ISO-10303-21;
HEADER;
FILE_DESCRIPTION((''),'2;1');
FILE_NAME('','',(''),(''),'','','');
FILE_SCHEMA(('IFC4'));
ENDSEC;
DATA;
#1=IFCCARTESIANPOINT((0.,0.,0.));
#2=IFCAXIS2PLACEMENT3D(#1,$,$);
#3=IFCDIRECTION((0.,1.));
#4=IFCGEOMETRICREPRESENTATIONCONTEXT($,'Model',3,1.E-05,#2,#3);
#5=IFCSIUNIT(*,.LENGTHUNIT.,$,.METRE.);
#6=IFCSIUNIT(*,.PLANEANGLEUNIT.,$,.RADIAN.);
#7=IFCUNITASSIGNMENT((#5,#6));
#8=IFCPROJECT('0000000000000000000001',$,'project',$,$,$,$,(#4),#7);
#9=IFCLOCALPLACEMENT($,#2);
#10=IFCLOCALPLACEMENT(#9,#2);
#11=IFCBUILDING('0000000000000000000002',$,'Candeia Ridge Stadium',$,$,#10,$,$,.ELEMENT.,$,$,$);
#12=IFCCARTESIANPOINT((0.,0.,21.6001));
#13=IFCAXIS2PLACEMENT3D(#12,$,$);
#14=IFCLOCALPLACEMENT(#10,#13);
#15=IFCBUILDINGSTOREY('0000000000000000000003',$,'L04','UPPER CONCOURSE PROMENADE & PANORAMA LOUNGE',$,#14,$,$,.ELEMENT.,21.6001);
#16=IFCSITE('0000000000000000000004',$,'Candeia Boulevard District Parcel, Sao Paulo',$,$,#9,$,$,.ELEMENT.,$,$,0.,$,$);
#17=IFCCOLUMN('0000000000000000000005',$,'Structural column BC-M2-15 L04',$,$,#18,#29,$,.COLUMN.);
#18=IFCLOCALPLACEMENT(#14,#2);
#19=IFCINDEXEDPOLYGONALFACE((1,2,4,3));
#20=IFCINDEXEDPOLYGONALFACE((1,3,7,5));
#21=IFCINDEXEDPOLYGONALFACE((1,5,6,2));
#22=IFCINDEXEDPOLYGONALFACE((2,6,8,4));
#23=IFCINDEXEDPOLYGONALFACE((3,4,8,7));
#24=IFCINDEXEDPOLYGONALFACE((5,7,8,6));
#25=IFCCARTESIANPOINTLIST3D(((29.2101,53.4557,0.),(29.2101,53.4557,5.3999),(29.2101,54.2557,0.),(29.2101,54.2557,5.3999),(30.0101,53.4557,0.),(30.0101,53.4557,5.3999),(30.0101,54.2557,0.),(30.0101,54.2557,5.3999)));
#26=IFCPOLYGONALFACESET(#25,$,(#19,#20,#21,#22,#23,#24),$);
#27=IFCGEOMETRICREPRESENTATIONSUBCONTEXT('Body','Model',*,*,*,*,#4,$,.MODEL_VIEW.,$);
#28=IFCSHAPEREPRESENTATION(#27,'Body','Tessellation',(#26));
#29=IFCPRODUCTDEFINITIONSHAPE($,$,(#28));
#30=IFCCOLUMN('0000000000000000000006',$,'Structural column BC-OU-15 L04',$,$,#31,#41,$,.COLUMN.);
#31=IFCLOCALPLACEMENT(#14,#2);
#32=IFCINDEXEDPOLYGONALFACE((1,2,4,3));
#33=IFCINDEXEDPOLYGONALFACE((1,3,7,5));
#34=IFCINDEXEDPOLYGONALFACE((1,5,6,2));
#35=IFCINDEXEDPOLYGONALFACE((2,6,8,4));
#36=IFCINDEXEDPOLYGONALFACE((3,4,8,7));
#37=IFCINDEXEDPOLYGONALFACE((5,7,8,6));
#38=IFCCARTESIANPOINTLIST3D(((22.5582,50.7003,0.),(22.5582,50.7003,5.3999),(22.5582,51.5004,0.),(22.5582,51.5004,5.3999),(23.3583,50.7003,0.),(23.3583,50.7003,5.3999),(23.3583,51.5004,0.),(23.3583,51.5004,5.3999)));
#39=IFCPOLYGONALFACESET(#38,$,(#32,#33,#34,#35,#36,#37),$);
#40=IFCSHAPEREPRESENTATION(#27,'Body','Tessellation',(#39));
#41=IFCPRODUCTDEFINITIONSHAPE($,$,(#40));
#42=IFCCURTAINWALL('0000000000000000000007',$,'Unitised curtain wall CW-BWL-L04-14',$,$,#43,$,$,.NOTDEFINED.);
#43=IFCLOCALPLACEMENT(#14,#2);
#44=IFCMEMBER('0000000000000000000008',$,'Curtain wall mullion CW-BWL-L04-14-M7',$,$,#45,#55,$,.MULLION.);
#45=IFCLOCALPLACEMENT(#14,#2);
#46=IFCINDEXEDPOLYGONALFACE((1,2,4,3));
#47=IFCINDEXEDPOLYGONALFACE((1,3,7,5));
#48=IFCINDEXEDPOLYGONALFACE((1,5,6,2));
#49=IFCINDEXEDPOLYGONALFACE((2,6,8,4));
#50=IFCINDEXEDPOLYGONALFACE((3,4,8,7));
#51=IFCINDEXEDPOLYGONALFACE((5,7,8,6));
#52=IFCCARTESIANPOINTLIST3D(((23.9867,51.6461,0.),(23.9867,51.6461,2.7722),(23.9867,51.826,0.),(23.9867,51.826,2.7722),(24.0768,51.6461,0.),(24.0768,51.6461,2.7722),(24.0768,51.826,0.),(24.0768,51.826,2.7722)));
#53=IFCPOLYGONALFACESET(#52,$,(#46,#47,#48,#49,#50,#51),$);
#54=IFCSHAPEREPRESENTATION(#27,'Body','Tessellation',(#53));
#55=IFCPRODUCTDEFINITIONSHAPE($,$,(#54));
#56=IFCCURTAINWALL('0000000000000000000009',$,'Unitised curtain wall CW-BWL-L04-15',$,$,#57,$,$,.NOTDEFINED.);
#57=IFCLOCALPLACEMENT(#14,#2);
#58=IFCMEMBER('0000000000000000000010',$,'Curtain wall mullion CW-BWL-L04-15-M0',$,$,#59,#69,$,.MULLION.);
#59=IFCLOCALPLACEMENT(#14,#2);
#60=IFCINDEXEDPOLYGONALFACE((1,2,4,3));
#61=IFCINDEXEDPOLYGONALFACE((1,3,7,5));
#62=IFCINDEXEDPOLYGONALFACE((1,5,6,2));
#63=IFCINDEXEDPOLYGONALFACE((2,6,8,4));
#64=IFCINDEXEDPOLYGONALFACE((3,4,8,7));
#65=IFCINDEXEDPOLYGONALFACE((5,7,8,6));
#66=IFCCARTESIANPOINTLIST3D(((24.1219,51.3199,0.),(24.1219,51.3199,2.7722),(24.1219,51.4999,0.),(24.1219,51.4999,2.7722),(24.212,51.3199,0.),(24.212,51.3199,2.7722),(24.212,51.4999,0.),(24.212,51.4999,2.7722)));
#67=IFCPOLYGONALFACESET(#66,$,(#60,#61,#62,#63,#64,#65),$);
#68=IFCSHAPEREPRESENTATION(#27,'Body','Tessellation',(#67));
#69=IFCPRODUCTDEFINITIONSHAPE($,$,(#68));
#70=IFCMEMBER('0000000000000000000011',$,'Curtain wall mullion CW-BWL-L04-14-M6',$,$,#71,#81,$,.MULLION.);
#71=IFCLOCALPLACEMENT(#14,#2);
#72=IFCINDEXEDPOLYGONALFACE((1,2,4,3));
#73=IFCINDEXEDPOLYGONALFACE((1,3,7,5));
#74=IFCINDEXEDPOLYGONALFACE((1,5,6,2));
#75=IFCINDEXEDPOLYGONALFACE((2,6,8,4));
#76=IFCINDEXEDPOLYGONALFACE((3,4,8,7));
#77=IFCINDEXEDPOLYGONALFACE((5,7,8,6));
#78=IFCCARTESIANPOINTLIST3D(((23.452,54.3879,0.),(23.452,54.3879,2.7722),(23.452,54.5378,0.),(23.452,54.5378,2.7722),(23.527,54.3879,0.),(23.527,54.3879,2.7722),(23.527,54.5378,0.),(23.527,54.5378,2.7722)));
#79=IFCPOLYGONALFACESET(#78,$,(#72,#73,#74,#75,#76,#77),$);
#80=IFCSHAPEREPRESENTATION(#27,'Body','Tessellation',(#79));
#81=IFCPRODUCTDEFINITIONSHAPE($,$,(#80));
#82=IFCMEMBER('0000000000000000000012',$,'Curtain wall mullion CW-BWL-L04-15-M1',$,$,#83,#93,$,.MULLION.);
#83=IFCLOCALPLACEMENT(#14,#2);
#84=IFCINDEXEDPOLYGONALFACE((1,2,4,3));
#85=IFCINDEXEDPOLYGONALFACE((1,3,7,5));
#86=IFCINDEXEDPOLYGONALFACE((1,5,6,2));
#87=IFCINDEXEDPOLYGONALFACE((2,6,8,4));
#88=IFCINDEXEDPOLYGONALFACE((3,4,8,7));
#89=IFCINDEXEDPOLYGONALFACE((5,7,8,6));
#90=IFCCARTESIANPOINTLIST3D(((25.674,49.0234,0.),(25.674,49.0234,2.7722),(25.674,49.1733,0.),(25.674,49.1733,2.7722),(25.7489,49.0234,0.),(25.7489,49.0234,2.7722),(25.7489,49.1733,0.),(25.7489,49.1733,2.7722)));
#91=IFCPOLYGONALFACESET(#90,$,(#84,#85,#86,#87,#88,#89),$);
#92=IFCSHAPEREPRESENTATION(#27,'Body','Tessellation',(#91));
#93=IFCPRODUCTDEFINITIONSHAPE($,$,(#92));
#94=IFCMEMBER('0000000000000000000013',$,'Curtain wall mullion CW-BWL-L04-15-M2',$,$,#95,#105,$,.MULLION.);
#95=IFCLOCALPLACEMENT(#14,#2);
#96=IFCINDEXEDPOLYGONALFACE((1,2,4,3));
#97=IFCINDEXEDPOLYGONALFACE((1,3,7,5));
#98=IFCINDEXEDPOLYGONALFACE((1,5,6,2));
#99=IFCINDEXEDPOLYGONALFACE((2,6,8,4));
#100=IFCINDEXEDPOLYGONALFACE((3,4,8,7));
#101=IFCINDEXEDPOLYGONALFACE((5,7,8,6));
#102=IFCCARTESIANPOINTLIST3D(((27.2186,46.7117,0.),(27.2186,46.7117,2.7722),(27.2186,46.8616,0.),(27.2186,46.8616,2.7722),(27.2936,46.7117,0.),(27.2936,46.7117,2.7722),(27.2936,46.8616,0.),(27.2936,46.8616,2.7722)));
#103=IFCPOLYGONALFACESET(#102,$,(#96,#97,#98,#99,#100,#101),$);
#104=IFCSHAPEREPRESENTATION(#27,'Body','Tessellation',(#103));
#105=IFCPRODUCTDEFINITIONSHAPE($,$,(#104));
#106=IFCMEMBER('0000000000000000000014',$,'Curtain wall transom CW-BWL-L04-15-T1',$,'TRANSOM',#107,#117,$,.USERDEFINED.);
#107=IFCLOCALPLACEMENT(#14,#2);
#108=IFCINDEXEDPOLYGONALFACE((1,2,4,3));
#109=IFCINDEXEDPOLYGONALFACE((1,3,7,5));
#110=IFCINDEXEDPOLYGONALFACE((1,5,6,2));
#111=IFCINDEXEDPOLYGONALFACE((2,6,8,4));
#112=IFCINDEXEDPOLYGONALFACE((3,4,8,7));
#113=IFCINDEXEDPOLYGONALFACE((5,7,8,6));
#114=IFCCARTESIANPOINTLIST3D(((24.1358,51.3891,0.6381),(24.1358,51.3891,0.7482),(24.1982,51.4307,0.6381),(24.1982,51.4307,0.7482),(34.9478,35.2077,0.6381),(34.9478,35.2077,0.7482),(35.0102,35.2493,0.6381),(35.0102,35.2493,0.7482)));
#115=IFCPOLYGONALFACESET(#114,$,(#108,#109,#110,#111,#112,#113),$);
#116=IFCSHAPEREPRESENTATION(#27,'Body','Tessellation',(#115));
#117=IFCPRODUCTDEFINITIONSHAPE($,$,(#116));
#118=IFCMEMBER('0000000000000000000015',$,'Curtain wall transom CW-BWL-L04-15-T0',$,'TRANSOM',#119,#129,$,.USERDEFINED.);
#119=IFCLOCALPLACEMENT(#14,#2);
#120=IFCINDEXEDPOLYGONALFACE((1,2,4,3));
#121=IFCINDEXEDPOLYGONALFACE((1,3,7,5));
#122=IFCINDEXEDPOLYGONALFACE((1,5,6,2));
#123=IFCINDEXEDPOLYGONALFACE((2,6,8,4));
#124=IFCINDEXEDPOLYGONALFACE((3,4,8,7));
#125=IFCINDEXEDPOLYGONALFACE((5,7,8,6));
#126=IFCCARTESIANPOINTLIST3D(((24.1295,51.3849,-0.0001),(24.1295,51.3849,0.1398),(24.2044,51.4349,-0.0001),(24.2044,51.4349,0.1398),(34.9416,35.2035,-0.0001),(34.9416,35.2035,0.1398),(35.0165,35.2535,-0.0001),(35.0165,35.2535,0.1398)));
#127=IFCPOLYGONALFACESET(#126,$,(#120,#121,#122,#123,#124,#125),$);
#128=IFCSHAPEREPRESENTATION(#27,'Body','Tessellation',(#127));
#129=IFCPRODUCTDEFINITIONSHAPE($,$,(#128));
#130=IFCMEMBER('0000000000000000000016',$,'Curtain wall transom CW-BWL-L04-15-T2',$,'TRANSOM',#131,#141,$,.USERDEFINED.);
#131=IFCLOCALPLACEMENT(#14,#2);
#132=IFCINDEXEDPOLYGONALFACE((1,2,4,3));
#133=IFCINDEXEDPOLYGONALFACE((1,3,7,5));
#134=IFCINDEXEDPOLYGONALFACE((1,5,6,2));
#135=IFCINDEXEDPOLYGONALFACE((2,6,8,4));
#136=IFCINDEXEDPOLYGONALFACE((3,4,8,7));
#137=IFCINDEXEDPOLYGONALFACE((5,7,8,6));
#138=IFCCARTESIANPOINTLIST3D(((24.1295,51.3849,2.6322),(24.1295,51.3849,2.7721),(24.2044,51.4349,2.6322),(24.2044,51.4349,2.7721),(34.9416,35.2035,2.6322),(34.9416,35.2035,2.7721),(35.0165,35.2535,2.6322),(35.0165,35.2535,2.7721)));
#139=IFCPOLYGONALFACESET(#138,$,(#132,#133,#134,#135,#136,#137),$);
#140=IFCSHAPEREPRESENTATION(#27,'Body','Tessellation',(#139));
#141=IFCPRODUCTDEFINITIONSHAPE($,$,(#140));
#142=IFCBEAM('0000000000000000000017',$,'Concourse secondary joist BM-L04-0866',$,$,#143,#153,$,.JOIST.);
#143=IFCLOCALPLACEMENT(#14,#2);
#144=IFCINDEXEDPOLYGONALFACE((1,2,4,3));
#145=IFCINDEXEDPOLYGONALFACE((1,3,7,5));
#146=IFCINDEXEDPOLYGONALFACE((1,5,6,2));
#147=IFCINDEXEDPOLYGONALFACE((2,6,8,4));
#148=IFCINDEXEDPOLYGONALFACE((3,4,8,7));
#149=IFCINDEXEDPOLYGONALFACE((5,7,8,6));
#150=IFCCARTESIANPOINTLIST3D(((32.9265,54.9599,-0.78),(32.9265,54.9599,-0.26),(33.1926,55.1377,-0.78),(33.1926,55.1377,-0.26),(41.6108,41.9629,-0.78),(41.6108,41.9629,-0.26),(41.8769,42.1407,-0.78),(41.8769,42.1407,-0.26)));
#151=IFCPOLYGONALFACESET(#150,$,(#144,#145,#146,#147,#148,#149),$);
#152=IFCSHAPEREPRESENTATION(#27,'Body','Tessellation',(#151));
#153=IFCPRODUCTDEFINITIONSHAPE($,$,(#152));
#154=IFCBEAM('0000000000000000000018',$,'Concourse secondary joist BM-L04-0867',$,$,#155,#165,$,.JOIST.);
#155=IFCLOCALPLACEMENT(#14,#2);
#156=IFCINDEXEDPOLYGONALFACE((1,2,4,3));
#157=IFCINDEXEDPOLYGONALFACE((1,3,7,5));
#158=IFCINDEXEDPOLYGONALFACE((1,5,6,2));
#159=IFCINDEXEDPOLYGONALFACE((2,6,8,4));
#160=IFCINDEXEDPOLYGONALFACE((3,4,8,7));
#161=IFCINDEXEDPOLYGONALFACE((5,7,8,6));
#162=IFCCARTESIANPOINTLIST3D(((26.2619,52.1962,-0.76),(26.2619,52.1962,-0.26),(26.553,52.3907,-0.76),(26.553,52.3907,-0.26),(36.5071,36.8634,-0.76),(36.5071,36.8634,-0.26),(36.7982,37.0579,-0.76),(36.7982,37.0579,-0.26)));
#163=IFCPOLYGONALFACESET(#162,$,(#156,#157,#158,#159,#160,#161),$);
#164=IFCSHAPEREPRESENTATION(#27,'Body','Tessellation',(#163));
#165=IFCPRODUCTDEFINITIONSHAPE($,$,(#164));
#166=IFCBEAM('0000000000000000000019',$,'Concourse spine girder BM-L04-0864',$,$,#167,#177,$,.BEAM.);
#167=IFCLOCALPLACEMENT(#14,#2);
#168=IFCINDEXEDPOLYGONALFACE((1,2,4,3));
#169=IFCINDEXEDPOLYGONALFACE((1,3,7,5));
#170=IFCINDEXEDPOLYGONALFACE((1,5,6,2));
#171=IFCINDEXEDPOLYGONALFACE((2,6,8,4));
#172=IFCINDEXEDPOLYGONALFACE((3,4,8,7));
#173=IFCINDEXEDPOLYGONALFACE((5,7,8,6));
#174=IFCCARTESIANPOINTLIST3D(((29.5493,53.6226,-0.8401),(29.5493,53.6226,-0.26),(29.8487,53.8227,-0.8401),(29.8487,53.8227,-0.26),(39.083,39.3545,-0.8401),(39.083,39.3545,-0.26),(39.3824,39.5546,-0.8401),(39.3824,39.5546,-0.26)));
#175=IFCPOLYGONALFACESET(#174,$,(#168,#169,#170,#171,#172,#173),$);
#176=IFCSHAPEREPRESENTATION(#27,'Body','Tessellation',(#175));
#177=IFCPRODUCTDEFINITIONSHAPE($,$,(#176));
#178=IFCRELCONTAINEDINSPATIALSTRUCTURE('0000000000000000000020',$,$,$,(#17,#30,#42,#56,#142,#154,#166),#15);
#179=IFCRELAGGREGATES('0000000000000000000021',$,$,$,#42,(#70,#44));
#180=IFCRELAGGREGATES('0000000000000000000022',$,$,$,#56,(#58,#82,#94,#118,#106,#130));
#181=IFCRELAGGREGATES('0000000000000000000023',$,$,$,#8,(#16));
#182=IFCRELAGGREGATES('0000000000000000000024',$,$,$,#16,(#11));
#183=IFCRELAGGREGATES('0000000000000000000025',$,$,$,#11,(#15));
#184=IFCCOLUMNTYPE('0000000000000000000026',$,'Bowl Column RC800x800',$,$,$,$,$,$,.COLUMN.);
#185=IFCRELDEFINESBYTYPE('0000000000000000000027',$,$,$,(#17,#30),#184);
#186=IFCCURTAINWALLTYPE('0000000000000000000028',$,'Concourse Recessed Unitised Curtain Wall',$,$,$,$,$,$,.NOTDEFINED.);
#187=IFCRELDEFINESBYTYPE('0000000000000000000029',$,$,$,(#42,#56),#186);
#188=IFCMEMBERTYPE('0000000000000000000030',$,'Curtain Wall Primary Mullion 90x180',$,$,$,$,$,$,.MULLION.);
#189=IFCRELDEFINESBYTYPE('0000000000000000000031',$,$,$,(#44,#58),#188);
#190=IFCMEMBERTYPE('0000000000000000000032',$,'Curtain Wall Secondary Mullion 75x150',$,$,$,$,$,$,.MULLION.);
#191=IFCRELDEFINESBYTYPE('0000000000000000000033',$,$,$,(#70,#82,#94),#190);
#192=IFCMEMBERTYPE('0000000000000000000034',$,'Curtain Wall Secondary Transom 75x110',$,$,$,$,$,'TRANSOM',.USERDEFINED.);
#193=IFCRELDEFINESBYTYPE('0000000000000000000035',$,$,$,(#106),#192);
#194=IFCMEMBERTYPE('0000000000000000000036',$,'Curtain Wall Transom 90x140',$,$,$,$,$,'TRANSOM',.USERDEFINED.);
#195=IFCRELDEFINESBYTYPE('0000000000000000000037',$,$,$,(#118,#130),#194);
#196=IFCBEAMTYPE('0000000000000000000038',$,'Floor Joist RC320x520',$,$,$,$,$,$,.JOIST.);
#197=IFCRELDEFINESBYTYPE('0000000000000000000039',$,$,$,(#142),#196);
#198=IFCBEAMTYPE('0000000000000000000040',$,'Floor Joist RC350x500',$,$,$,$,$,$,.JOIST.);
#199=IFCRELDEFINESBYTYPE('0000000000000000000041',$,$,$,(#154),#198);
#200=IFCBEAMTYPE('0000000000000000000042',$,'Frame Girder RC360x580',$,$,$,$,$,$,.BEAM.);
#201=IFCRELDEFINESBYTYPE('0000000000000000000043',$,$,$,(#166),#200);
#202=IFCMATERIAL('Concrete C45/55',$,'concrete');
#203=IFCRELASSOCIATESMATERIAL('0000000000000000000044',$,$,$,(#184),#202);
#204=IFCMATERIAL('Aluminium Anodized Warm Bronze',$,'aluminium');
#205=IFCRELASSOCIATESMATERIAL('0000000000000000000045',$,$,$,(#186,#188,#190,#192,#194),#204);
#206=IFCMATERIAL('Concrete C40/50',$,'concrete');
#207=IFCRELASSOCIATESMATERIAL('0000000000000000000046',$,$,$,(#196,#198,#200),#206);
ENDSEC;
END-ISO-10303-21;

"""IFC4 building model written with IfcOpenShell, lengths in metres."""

from ifc_helpers import new_model, si_unit, direction, frame, origin, origin_2d, place, context, subcontext, project, spatial, rectangle, extrude, material, material_profile, profile_set, type_object, element, aggregate, save


model = new_model("IFC4")

# Units and contexts
model_context = context("Model", 3, precision=1e-05, world=origin(), true_north=direction((0.0, 1.0)))
body_context = subcontext(model_context, "Body", "Model", "MODEL_VIEW")
ifc_project = project(units=[si_unit("LENGTHUNIT", "METRE"), si_unit("PLANEANGLEUNIT", "RADIAN")], contexts=[model_context])

# Site, building, storey
site_placement = place(None, origin())
site = spatial("IfcSite", under=ifc_project, at=site_placement, Name="Candeia Boulevard District Parcel, Sao Paulo", CompositionType="ELEMENT", RefElevation=0.0)
building_placement = place(site_placement, origin())
building = spatial("IfcBuilding", under=site, at=building_placement, Name="Candeia Ridge Stadium", CompositionType="ELEMENT")
storey_placement = place(building_placement, frame((0.0, 0.0, 21.6001)))
storey = spatial("IfcBuildingStorey", under=building, at=storey_placement, Name="L04", Description="UPPER CONCOURSE PROMENADE & PANORAMA LOUNGE", CompositionType="ELEMENT", Elevation=21.6001)

# Columns
ifc_material_1 = material(Name="Concrete C45/55", Category="concrete")
ifc_material_profile_1 = material_profile(ifc_material_1, rectangle(XDim=0.8, YDim=0.8, at=origin_2d()), Name="RC800x800", Category="concrete")
ifc_profile_set_1 = profile_set([ifc_material_profile_1], Name="Concrete C45/55")
column_type = type_object("IfcColumnType", Name="Bowl Column RC800x800", PredefinedType="COLUMN", material=ifc_profile_set_1)
for number, where, z_axis, x_axis, name in (
    (1, (29.6101, 53.8557, 0.0), (0.0, 0.0, 1.0), (1.0, 0.0, 0.0), "Structural column BC-M2-15 L04"),
    (2, (22.9583, 51.1003, 0.0), (0.0, 0.0, 1.0), (1.0, 0.0, 0.0), "Structural column BC-OU-15 L04"),
):
    element("IfcColumn", number, at=place(storey_placement, frame(where, z_axis=z_axis, x_axis=x_axis)), inside=storey, type_object=column_type, Name=name, PredefinedType="COLUMN", context=body_context, shape_type="SweptSolid", body=[
        extrude(rectangle(XDim=0.8, YDim=0.8, at=origin_2d()), origin(), (0.0, 0.0, 1.0), 5.3999),
    ])

# Curtain walls, members
ifc_material_2 = material(Name="Aluminium Anodized Warm Bronze", Category="aluminium")
curtain_wall_type = type_object("IfcCurtainWallType", Name="Concourse Recessed Unitised Curtain Wall", PredefinedType="NOTDEFINED", material=ifc_material_2)
curtain_wall_1_placement = place(storey_placement, origin())
curtain_wall_1 = element("IfcCurtainWall", 3, at=curtain_wall_1_placement, inside=storey, type_object=curtain_wall_type, Name="Unitised curtain wall CW-BWL-L04-14", PredefinedType="NOTDEFINED")
ifc_material_profile_2 = material_profile(ifc_material_2, rectangle(XDim=0.0901, YDim=0.1799, at=origin_2d()), Name="CWM-90x180", Category="aluminium")
ifc_profile_set_2 = profile_set([ifc_material_profile_2], Name="Aluminium Anodized Warm Bronze")
member_type_1 = type_object("IfcMemberType", Name="Curtain Wall Primary Mullion 90x180", PredefinedType="MULLION", material=ifc_profile_set_2)
member_1_placement = place(storey_placement, frame((24.0317, 51.7361, 0.0), z_axis=(0.0, 0.0, 1.0), x_axis=(1.0, 0.0, 0.0)))
member_1 = element("IfcMember", 4, at=member_1_placement, type_object=member_type_1, Name="Curtain wall mullion CW-BWL-L04-14-M7", PredefinedType="MULLION", context=body_context, shape_type="SweptSolid", body=[
    extrude(rectangle(XDim=0.0901, YDim=0.1799, at=origin_2d()), origin(), (0.0, 0.0, 1.0), 2.7722),
])
curtain_wall_2_placement = place(storey_placement, origin())
curtain_wall_2 = element("IfcCurtainWall", 5, at=curtain_wall_2_placement, inside=storey, type_object=curtain_wall_type, Name="Unitised curtain wall CW-BWL-L04-15", PredefinedType="NOTDEFINED")
member_2_placement = place(storey_placement, frame((24.167, 51.4099, 0.0), z_axis=(0.0, 0.0, 1.0), x_axis=(1.0, 0.0, 0.0)))
member_2 = element("IfcMember", 6, at=member_2_placement, type_object=member_type_1, Name="Curtain wall mullion CW-BWL-L04-15-M0", PredefinedType="MULLION", context=body_context, shape_type="SweptSolid", body=[
    extrude(rectangle(XDim=0.0901, YDim=0.1799, at=origin_2d()), origin(), (0.0, 0.0, 1.0), 2.7722),
])

# Members
ifc_material_profile_3 = material_profile(ifc_material_2, rectangle(XDim=0.075, YDim=0.1499, at=origin_2d()), Name="CWM-75x150", Category="aluminium")
ifc_profile_set_3 = profile_set([ifc_material_profile_3], Name="Aluminium Anodized Warm Bronze")
member_type_2 = type_object("IfcMemberType", Name="Curtain Wall Secondary Mullion 75x150", PredefinedType="MULLION", material=ifc_profile_set_3)
member_3_placement = place(storey_placement, frame((23.4895, 54.4629, 0.0), z_axis=(0.0, 0.0, 1.0), x_axis=(1.0, 0.0, 0.0)))
member_3 = element("IfcMember", 7, at=member_3_placement, type_object=member_type_2, Name="Curtain wall mullion CW-BWL-L04-14-M6", PredefinedType="MULLION", context=body_context, shape_type="SweptSolid", body=[
    extrude(rectangle(XDim=0.075, YDim=0.1499, at=origin_2d()), origin(), (0.0, 0.0, 1.0), 2.7722),
])
member_4_placement = place(storey_placement, frame((25.7114, 49.0984, 0.0), z_axis=(0.0, 0.0, 1.0), x_axis=(1.0, 0.0, 0.0)))
member_4 = element("IfcMember", 8, at=member_4_placement, type_object=member_type_2, Name="Curtain wall mullion CW-BWL-L04-15-M1", PredefinedType="MULLION", context=body_context, shape_type="SweptSolid", body=[
    extrude(rectangle(XDim=0.075, YDim=0.1499, at=origin_2d()), origin(), (0.0, 0.0, 1.0), 2.7722),
])
member_5_placement = place(storey_placement, frame((27.2561, 46.7866, 0.0), z_axis=(0.0, 0.0, 1.0), x_axis=(1.0, 0.0, 0.0)))
member_5 = element("IfcMember", 9, at=member_5_placement, type_object=member_type_2, Name="Curtain wall mullion CW-BWL-L04-15-M2", PredefinedType="MULLION", context=body_context, shape_type="SweptSolid", body=[
    extrude(rectangle(XDim=0.075, YDim=0.1499, at=origin_2d()), origin(), (0.0, 0.0, 1.0), 2.7722),
])
ifc_material_profile_4 = material_profile(ifc_material_2, rectangle(XDim=0.075, YDim=0.1101, at=origin_2d()), Name="CWT-75x110", Category="aluminium")
ifc_profile_set_4 = profile_set([ifc_material_profile_4], Name="Aluminium Anodized Warm Bronze")
member_type_3 = type_object("IfcMemberType", Name="Curtain Wall Secondary Transom 75x110", ElementType="TRANSOM", PredefinedType="USERDEFINED", material=ifc_profile_set_4)
member_6_placement = place(storey_placement, frame((24.167, 51.4099, 0.6931), z_axis=(0.555568, -0.831471, 0.0), x_axis=(0.831471, 0.555568, 0.0)))
member_6 = element("IfcMember", 10, at=member_6_placement, type_object=member_type_3, Name="Curtain wall transom CW-BWL-L04-15-T1", ObjectType="TRANSOM", PredefinedType="USERDEFINED", context=body_context, shape_type="SweptSolid", body=[
    extrude(rectangle(XDim=0.075, YDim=0.1101, at=origin_2d()), origin(), (0.0, 0.0, 1.0), 19.4612),
])
ifc_material_profile_5 = material_profile(ifc_material_2, rectangle(XDim=0.0901, YDim=0.1399, at=origin_2d()), Name="CWT-90x140", Category="aluminium")
ifc_profile_set_5 = profile_set([ifc_material_profile_5], Name="Aluminium Anodized Warm Bronze")
member_type_4 = type_object("IfcMemberType", Name="Curtain Wall Transom 90x140", ElementType="TRANSOM", PredefinedType="USERDEFINED", material=ifc_profile_set_5)
member_7_placement = place(storey_placement, frame((24.167, 51.4099, 0.0698), z_axis=(0.555568, -0.831471, 0.0), x_axis=(0.831471, 0.555568, 0.0)))
member_7 = element("IfcMember", 11, at=member_7_placement, type_object=member_type_4, Name="Curtain wall transom CW-BWL-L04-15-T0", ObjectType="TRANSOM", PredefinedType="USERDEFINED", context=body_context, shape_type="SweptSolid", body=[
    extrude(rectangle(XDim=0.0901, YDim=0.1399, at=origin_2d()), origin(), (0.0, 0.0, 1.0), 19.4612),
])
member_8_placement = place(storey_placement, frame((24.167, 51.4099, 2.7021), z_axis=(0.555568, -0.831471, 0.0), x_axis=(0.831471, 0.555568, 0.0)))
member_8 = element("IfcMember", 12, at=member_8_placement, type_object=member_type_4, Name="Curtain wall transom CW-BWL-L04-15-T2", ObjectType="TRANSOM", PredefinedType="USERDEFINED", context=body_context, shape_type="SweptSolid", body=[
    extrude(rectangle(XDim=0.0901, YDim=0.1399, at=origin_2d()), origin(), (0.0, 0.0, 1.0), 19.4612),
])

# Beams
ifc_material_3 = material(Name="Concrete C40/50", Category="concrete")
ifc_material_profile_6 = material_profile(ifc_material_3, rectangle(XDim=0.3201, YDim=0.52, at=origin_2d()), Name="RC320x520", Category="concrete")
ifc_profile_set_6 = profile_set([ifc_material_profile_6], Name="Concrete C40/50")
beam_type_1 = type_object("IfcBeamType", Name="Floor Joist RC320x520", PredefinedType="JOIST", material=ifc_profile_set_6)
beam_1_placement = place(storey_placement, frame((33.0596, 55.0488, -0.52), z_axis=(0.555569, -0.831471, 0.0), x_axis=(0.831471, 0.555569, 0.0)))
element("IfcBeam", 13, at=beam_1_placement, inside=storey, type_object=beam_type_1, Name="Concourse secondary joist BM-L04-0866", PredefinedType="JOIST", context=body_context, shape_type="SweptSolid", body=[
    extrude(rectangle(XDim=0.3201, YDim=0.52, at=origin_2d()), origin(), (0.0, 0.0, 1.0), 15.6313),
])
ifc_material_profile_7 = material_profile(ifc_material_3, rectangle(XDim=0.3501, YDim=0.5, at=origin_2d()), Name="RC350x500", Category="concrete")
ifc_profile_set_7 = profile_set([ifc_material_profile_7], Name="Concrete C40/50")
beam_type_2 = type_object("IfcBeamType", Name="Floor Joist RC350x500", PredefinedType="JOIST", material=ifc_profile_set_7)
beam_2_placement = place(storey_placement, frame((26.4075, 52.2935, -0.51), z_axis=(0.555574, -0.831467, 0.0), x_axis=(0.831467, 0.555574, 0.0)))
element("IfcBeam", 14, at=beam_2_placement, inside=storey, type_object=beam_type_2, Name="Concourse secondary joist BM-L04-0867", PredefinedType="JOIST", context=body_context, shape_type="SweptSolid", body=[
    extrude(rectangle(XDim=0.3501, YDim=0.5, at=origin_2d()), origin(), (0.0, 0.0, 1.0), 18.4407),
])
ifc_material_profile_8 = material_profile(ifc_material_3, rectangle(XDim=0.3601, YDim=0.5801, at=origin_2d()), Name="RC360x580", Category="concrete")
ifc_profile_set_8 = profile_set([ifc_material_profile_8], Name="Concrete C40/50")
beam_type_3 = type_object("IfcBeamType", Name="Frame Girder RC360x580", PredefinedType="BEAM", material=ifc_profile_set_8)
beam_3_placement = place(storey_placement, frame((29.699, 53.7227, -0.55), z_axis=(0.555573, -0.831468, 0.0), x_axis=(0.831468, 0.555573, 0.0)))
element("IfcBeam", 15, at=beam_3_placement, inside=storey, type_object=beam_type_3, Name="Concourse spine girder BM-L04-0864", PredefinedType="BEAM", context=body_context, shape_type="SweptSolid", body=[
    extrude(rectangle(XDim=0.3601, YDim=0.5801, at=origin_2d()), origin(), (0.0, 0.0, 1.0), 17.1602),
])

aggregate(curtain_wall_1, [member_3, member_1])
aggregate(curtain_wall_2, [member_2, member_4, member_5, member_7, member_6, member_8])

save(model, "model.ifc")
